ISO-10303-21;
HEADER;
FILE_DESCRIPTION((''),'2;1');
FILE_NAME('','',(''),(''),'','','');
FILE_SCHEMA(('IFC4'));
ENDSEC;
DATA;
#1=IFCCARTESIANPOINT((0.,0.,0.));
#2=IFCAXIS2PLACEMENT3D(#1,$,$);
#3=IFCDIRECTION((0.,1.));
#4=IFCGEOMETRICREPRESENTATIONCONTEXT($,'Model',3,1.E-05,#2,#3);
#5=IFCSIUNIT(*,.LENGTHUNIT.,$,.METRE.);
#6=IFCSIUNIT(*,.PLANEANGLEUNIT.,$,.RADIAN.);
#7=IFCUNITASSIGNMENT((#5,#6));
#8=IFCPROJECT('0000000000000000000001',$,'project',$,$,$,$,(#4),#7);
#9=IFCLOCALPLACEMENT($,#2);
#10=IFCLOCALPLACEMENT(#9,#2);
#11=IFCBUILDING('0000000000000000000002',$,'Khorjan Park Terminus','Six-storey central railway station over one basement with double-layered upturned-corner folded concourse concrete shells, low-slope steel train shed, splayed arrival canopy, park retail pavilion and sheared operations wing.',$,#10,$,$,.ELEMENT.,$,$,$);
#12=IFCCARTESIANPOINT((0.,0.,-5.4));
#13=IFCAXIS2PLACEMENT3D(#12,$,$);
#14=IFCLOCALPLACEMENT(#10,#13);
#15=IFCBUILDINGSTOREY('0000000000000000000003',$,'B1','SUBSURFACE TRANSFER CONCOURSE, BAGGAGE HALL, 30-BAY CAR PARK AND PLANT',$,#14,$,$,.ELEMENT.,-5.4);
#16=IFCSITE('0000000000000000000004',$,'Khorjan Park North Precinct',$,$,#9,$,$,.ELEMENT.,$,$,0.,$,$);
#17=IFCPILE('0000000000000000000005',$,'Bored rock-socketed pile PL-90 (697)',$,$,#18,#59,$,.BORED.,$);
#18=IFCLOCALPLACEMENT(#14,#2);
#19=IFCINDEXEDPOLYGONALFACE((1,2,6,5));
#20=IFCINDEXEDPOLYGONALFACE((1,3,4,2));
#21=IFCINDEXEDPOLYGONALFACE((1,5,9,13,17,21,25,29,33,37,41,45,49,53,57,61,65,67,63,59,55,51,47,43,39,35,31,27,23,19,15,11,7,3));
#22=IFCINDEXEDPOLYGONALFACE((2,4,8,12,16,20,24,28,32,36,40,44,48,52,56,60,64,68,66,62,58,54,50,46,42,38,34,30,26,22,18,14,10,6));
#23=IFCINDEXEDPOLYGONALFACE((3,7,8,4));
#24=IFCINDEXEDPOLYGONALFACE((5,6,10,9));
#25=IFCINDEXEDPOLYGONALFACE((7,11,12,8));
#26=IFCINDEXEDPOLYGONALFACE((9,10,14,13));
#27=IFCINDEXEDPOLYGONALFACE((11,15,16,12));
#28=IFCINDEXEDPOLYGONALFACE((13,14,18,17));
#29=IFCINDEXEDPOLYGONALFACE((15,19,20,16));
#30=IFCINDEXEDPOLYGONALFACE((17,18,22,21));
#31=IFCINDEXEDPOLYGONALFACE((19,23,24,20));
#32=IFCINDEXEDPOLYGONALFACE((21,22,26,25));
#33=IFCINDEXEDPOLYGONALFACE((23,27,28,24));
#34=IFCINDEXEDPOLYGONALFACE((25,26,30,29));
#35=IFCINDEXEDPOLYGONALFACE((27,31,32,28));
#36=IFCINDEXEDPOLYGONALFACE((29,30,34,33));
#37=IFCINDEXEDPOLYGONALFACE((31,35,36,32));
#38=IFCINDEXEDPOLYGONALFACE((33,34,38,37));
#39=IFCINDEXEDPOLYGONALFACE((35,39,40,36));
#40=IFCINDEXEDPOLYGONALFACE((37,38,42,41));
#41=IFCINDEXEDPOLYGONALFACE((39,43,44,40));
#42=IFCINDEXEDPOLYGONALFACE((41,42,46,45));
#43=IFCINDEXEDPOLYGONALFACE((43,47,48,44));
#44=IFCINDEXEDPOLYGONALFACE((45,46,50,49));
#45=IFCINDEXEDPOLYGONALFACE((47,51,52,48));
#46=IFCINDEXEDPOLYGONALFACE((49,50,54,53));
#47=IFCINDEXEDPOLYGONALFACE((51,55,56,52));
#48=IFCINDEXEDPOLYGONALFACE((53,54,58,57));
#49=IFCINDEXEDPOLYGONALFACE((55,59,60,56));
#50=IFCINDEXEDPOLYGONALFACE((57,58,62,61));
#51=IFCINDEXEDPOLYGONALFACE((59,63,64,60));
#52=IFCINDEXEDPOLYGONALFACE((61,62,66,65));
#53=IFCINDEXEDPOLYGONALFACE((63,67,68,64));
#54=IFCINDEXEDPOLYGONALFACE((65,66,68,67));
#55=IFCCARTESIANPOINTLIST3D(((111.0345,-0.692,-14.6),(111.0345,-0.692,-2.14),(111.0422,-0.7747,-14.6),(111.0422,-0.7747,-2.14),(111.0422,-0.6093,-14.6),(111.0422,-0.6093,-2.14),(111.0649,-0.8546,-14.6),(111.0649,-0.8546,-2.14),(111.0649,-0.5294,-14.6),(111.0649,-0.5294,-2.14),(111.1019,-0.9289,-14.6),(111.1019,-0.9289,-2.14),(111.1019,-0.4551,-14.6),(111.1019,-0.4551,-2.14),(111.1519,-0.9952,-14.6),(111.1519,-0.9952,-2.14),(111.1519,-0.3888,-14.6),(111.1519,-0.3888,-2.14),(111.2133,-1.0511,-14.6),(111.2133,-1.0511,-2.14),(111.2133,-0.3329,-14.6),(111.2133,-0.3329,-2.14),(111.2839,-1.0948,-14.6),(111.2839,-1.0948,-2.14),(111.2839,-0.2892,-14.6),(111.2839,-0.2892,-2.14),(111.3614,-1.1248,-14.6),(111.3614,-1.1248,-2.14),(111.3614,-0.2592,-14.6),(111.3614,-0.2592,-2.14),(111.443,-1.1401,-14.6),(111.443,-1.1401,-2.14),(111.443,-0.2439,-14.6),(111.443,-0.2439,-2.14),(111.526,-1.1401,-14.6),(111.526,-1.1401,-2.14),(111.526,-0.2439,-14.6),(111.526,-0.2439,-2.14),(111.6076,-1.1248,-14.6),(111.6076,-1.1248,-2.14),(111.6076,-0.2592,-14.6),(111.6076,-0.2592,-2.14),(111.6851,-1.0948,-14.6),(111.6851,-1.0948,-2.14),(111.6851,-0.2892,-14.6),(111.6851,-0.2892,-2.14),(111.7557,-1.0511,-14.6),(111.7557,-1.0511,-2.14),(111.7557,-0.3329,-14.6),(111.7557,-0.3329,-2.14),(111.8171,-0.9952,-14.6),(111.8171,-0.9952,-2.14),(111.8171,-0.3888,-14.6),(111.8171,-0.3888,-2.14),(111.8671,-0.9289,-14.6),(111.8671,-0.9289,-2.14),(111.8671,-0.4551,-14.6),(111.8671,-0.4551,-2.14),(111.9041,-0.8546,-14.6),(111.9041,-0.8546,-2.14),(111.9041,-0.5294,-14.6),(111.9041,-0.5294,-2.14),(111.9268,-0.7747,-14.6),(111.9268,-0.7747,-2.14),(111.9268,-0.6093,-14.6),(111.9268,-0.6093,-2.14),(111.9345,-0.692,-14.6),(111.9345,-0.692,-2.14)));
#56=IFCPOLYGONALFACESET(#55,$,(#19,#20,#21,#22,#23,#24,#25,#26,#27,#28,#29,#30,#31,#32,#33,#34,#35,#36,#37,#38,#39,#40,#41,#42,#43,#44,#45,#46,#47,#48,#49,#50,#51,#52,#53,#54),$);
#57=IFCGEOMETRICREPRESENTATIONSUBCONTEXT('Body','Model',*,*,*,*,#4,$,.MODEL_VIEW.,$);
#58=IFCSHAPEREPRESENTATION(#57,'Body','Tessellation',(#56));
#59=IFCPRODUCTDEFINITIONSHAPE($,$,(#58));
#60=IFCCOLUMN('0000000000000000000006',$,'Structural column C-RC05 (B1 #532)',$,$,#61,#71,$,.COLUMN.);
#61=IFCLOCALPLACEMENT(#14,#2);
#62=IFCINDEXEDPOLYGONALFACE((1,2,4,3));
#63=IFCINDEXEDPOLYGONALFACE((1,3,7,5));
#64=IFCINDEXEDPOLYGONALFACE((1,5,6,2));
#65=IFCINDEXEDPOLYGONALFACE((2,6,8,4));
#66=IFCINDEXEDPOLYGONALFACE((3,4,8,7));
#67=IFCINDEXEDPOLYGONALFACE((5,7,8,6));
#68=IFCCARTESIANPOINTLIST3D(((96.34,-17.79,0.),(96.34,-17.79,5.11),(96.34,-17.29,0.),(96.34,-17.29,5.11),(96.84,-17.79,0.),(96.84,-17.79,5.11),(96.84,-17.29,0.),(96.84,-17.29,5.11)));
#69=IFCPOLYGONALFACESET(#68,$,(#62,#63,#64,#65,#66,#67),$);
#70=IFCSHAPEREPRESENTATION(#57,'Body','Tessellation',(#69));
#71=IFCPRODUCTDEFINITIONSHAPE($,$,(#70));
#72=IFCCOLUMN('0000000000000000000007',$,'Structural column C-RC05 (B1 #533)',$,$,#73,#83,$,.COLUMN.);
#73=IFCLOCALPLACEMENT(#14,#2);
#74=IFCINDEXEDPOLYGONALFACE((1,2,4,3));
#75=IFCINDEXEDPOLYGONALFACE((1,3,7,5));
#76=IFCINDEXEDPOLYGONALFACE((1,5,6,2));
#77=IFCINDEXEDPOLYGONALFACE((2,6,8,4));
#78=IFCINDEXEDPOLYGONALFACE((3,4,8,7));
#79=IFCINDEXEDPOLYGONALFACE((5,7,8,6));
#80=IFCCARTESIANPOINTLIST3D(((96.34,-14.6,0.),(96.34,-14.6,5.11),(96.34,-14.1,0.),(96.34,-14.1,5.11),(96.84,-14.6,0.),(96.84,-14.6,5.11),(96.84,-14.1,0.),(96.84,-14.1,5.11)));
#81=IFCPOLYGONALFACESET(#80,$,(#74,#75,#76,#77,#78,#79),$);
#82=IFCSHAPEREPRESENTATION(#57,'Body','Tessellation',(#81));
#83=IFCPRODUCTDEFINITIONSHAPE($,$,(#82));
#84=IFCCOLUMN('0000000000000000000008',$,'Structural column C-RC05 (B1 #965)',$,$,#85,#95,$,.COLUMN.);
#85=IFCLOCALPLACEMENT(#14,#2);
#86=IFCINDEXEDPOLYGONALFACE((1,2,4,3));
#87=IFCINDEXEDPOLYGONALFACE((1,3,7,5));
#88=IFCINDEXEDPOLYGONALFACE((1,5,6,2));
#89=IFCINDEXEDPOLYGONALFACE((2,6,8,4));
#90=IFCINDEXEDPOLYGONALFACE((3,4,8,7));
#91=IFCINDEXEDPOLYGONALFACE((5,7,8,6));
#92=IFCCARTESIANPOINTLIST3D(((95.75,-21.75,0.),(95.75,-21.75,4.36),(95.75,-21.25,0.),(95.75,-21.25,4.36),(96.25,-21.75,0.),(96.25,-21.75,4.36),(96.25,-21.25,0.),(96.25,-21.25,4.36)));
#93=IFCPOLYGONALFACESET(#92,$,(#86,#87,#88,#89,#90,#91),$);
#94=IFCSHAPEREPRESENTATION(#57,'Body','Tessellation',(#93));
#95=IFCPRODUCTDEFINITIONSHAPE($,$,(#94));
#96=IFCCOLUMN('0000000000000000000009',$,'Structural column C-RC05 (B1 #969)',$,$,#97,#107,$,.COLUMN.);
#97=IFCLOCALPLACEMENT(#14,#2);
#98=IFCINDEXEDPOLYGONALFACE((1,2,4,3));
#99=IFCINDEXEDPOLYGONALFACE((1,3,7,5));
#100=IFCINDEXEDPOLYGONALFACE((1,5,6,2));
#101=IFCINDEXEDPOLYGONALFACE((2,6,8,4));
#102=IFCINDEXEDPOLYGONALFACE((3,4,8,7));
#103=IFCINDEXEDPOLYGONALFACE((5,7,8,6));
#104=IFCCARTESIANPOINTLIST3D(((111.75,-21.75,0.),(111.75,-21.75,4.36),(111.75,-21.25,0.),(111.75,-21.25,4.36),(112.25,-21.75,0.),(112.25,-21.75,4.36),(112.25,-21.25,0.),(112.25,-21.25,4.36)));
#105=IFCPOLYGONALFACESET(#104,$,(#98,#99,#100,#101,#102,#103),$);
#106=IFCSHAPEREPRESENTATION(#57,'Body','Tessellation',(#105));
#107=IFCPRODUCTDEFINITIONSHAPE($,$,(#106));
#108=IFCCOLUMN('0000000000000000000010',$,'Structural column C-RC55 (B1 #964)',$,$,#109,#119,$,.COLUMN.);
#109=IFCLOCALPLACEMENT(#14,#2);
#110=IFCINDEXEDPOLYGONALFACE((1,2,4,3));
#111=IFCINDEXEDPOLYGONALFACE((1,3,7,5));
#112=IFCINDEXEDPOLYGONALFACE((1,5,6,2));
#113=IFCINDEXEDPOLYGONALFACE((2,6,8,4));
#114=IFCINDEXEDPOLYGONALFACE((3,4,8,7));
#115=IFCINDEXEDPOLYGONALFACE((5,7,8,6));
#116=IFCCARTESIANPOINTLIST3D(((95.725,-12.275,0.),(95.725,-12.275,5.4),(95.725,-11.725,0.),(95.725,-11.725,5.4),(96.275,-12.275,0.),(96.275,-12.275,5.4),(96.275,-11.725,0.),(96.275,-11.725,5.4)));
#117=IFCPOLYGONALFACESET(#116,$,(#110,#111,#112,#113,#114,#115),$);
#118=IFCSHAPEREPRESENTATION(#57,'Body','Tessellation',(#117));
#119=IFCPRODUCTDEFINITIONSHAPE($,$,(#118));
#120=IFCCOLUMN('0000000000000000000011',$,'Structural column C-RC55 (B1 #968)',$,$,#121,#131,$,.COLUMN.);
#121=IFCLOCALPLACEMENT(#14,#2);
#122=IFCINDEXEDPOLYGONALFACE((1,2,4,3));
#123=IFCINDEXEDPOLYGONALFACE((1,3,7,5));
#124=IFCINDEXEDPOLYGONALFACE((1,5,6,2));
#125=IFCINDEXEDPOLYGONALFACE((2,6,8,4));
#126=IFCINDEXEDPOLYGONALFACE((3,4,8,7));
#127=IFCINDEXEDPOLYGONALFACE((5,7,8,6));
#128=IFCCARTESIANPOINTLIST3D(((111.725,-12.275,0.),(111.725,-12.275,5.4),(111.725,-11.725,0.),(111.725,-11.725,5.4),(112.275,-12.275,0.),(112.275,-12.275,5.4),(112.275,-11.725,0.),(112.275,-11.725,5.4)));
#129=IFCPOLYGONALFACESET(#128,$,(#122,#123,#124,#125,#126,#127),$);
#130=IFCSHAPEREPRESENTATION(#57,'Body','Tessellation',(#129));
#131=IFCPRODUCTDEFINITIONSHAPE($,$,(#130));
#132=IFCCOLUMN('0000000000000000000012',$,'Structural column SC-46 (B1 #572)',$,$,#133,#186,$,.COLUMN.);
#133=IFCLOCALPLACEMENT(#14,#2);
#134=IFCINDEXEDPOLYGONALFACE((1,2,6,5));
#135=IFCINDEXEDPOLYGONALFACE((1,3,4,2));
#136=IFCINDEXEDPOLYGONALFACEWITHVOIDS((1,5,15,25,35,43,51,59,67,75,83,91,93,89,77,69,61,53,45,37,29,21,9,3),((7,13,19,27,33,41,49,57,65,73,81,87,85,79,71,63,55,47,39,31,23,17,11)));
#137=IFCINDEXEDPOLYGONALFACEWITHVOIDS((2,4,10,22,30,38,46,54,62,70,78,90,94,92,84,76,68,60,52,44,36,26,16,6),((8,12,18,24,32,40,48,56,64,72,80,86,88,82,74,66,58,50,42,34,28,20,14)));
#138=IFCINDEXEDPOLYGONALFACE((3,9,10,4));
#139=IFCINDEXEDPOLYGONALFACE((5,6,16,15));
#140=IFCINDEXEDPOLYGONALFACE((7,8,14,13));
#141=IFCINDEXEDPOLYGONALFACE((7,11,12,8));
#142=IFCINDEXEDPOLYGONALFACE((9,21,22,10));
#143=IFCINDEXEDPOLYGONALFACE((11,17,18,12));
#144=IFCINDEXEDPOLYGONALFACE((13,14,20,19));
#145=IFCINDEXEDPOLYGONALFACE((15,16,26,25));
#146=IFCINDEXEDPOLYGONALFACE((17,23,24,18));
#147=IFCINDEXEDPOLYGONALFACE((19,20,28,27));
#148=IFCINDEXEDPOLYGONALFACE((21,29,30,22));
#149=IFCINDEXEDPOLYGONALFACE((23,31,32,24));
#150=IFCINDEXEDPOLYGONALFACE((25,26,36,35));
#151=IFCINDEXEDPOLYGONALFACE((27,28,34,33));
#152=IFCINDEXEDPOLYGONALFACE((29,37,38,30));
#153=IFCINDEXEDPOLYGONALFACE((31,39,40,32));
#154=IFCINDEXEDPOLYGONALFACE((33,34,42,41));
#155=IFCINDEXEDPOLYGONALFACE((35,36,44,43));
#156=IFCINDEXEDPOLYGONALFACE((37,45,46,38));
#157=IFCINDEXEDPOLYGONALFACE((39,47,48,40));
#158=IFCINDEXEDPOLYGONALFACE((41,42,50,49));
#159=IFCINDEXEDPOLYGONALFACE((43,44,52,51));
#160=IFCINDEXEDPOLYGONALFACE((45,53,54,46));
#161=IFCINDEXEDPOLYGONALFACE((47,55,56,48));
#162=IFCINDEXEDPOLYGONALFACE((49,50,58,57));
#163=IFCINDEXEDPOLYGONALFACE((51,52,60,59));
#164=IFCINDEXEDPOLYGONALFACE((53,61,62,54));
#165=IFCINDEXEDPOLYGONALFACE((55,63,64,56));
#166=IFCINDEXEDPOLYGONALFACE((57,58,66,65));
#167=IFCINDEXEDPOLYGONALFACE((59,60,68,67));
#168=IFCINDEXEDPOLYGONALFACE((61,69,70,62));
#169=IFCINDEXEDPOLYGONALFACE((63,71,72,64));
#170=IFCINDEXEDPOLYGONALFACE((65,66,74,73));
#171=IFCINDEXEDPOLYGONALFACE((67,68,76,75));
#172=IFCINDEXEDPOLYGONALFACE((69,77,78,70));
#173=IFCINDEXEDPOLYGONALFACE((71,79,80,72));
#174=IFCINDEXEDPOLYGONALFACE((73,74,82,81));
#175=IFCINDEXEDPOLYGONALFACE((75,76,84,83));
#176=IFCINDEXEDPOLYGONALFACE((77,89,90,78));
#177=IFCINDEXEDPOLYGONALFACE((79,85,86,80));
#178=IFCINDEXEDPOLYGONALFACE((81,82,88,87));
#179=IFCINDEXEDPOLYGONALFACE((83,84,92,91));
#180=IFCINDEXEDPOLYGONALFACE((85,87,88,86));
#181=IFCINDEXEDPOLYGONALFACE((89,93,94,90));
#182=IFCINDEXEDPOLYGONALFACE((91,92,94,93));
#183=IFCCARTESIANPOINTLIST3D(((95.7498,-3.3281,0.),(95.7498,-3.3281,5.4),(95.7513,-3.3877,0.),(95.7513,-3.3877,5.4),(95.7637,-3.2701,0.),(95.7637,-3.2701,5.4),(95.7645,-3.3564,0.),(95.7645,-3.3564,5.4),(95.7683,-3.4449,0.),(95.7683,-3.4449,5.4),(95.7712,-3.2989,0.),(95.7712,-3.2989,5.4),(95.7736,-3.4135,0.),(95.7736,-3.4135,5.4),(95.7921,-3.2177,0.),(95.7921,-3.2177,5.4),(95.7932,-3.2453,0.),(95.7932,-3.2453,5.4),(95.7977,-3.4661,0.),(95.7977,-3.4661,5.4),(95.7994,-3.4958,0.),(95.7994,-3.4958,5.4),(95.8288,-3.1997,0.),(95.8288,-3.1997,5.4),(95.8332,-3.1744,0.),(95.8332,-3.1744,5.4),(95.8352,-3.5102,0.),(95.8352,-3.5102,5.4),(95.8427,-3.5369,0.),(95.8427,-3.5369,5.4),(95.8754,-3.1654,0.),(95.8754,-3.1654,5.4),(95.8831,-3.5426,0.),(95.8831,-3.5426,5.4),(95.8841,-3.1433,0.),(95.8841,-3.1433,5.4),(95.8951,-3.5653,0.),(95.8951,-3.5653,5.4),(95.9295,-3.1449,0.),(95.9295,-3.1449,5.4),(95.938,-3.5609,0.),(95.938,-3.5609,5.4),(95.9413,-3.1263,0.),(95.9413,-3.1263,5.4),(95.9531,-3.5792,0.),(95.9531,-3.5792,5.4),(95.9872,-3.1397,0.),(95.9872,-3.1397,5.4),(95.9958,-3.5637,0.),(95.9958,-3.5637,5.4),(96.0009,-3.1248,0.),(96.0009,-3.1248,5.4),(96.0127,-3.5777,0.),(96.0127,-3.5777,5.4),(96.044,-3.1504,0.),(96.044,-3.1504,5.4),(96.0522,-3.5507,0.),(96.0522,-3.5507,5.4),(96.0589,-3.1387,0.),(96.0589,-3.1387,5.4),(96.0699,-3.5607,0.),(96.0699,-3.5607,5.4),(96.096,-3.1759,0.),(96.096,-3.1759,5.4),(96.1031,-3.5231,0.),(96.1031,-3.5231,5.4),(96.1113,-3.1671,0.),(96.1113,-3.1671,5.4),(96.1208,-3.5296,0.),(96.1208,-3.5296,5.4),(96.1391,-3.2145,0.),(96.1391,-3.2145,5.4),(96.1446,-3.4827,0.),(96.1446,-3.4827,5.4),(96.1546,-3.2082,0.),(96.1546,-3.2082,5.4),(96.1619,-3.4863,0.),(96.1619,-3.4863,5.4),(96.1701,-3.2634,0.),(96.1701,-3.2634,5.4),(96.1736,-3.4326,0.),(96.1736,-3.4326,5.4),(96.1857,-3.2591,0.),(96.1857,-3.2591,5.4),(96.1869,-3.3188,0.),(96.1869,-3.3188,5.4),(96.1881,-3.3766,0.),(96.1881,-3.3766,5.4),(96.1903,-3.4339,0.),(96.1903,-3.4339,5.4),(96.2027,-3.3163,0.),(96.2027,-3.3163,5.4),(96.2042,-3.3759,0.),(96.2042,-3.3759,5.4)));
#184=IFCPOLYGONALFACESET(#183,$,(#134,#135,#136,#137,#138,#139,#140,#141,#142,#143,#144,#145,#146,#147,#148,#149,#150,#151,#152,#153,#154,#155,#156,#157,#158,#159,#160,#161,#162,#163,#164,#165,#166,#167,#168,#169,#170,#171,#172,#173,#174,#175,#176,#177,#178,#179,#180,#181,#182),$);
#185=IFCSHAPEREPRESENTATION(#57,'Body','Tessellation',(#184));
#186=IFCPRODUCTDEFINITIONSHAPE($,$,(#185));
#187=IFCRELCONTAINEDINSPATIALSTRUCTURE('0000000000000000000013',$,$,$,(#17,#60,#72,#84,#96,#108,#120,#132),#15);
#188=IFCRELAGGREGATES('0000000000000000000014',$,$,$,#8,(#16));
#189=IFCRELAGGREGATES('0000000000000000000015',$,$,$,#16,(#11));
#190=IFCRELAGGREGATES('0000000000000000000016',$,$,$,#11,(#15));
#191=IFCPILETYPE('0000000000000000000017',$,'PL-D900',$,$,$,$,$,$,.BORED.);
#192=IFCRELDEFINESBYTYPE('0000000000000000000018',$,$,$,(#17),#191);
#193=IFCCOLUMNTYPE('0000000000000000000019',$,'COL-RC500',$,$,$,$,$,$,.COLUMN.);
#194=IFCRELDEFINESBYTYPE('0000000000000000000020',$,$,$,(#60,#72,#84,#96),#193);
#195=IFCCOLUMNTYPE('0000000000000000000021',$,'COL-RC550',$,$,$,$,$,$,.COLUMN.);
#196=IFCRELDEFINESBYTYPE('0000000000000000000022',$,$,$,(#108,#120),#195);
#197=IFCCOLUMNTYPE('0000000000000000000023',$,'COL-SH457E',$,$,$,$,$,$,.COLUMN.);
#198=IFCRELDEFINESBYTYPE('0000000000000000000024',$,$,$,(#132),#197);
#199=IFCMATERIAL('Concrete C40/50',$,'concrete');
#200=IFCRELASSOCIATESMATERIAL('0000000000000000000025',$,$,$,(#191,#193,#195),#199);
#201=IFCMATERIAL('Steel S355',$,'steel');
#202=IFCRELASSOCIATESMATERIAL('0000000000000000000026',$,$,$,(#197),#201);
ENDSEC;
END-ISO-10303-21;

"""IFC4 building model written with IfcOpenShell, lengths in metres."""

from ifc_helpers import new_model, si_unit, direction, frame, origin, origin_2d, place, context, subcontext, project, spatial, rectangle, circle, hollow_circle, extrude, material, material_profile, profile_set, type_object, element, save


model = new_model("IFC4")

# Units and contexts
model_context = context("Model", 3, precision=1e-05, world=origin(), true_north=direction((0.0, 1.0)))
body_context = subcontext(model_context, "Body", "Model", "MODEL_VIEW")
ifc_project = project(units=[si_unit("LENGTHUNIT", "METRE"), si_unit("PLANEANGLEUNIT", "RADIAN")], contexts=[model_context])

# Site, building, storey
site_placement = place(None, origin())
site = spatial("IfcSite", under=ifc_project, at=site_placement, Name="Khorjan Park North Precinct", CompositionType="ELEMENT", RefElevation=0.0)
building_placement = place(site_placement, origin())
building = spatial("IfcBuilding", under=site, at=building_placement, Name="Khorjan Park Terminus", Description="Six-storey central railway station over one basement with double-layered upturned-corner folded concourse concrete shells, low-slope steel train shed, splayed arrival canopy, park retail pavilion and sheared operations wing.", CompositionType="ELEMENT")
storey_placement = place(building_placement, frame((0.0, 0.0, -5.4)))
storey = spatial("IfcBuildingStorey", under=building, at=storey_placement, Name="B1", Description="SUBSURFACE TRANSFER CONCOURSE, BAGGAGE HALL, 30-BAY CAR PARK AND PLANT", CompositionType="ELEMENT", Elevation=-5.4)

# Shared definitions
ifc_material_1 = material(Name="Concrete C40/50", Category="concrete")

# Pile
ifc_material_profile_1 = material_profile(ifc_material_1, circle(Radius=0.45, at=origin_2d()), Name="BORED D900")
ifc_profile_set_1 = profile_set([ifc_material_profile_1], Name="Concrete C40/50")
pile_type_1 = type_object("IfcPileType", Name="PL-D900", PredefinedType="BORED", material=ifc_profile_set_1)
pile_1_placement = place(storey_placement, frame((111.4845, -0.692, -2.14), z_axis=(0.0, 0.0, -1.0), x_axis=(1.0, 0.0, 0.0)))
element("IfcPile", 1, at=pile_1_placement, inside=storey, type_object=pile_type_1, Name="Bored rock-socketed pile PL-90 (697)", PredefinedType="BORED", context=body_context, shape_type="SweptSolid", body=[
    extrude(circle(Radius=0.45, at=origin_2d()), origin(), (0.0, 0.0, 1.0), 12.46),
])

# Columns
ifc_material_profile_2 = material_profile(ifc_material_1, rectangle(XDim=0.5, YDim=0.5, at=origin_2d()), Name="RC 500x500")
ifc_profile_set_2 = profile_set([ifc_material_profile_2], Name="Concrete C40/50")
column_type_1 = type_object("IfcColumnType", Name="COL-RC500", PredefinedType="COLUMN", material=ifc_profile_set_2)
for number, where, z_axis, x_axis, name in (
    (2, (96.59, -17.54, 0.0), (0.0, 0.0, 1.0), (1.0, 0.0, 0.0), "Structural column C-RC05 (B1 #532)"),
    (3, (96.59, -14.35, 0.0), (0.0, 0.0, 1.0), (1.0, 0.0, 0.0), "Structural column C-RC05 (B1 #533)"),
):
    element("IfcColumn", number, at=place(storey_placement, frame(where, z_axis=z_axis, x_axis=x_axis)), inside=storey, type_object=column_type_1, Name=name, PredefinedType="COLUMN", context=body_context, shape_type="SweptSolid", body=[
        extrude(rectangle(XDim=0.5, YDim=0.5, at=origin_2d()), origin(), (0.0, 0.0, 1.0), 5.11),
    ])
for number, where, z_axis, x_axis, name in (
    (4, (96.0, -21.5, 0.0), (0.0, 0.0, 1.0), (1.0, 0.0, 0.0), "Structural column C-RC05 (B1 #965)"),
    (5, (112.0, -21.5, 0.0), (0.0, 0.0, 1.0), (1.0, 0.0, 0.0), "Structural column C-RC05 (B1 #969)"),
):
    element("IfcColumn", number, at=place(storey_placement, frame(where, z_axis=z_axis, x_axis=x_axis)), inside=storey, type_object=column_type_1, Name=name, PredefinedType="COLUMN", context=body_context, shape_type="SweptSolid", body=[
        extrude(rectangle(XDim=0.5, YDim=0.5, at=origin_2d()), origin(), (0.0, 0.0, 1.0), 4.36),
    ])
ifc_material_profile_3 = material_profile(ifc_material_1, rectangle(XDim=0.55, YDim=0.55, at=origin_2d()), Name="RC 550x550")
ifc_profile_set_3 = profile_set([ifc_material_profile_3], Name="Concrete C40/50")
column_type_2 = type_object("IfcColumnType", Name="COL-RC550", PredefinedType="COLUMN", material=ifc_profile_set_3)
for number, where, z_axis, x_axis, name in (
    (6, (96.0, -12.0, 0.0), (0.0, 0.0, 1.0), (1.0, 0.0, 0.0), "Structural column C-RC55 (B1 #964)"),
    (7, (112.0, -12.0, 0.0), (0.0, 0.0, 1.0), (1.0, 0.0, 0.0), "Structural column C-RC55 (B1 #968)"),
):
    element("IfcColumn", number, at=place(storey_placement, frame(where, z_axis=z_axis, x_axis=x_axis)), inside=storey, type_object=column_type_2, Name=name, PredefinedType="COLUMN", context=body_context, shape_type="SweptSolid", body=[
        extrude(rectangle(XDim=0.55, YDim=0.55, at=origin_2d()), origin(), (0.0, 0.0, 1.0), 5.4),
    ])
ifc_material_2 = material(Name="Steel S355", Category="steel")
ifc_material_profile_4 = material_profile(ifc_material_2, hollow_circle(Radius=0.2285, WallThickness=0.016, at=origin_2d()), Name="CHS 457x16")
ifc_profile_set_4 = profile_set([ifc_material_profile_4], Name="Steel S355")
column_type_3 = type_object("IfcColumnType", Name="COL-SH457E", PredefinedType="COLUMN", material=ifc_profile_set_4)
column_1_placement = place(storey_placement, frame((95.977, -3.352, 0.0), z_axis=(0.0, 0.0, 1.0), x_axis=(0.987688, 0.156434, 0.0)))
element("IfcColumn", 8, at=column_1_placement, inside=storey, type_object=column_type_3, Name="Structural column SC-46 (B1 #572)", PredefinedType="COLUMN", context=body_context, shape_type="SweptSolid", body=[
    extrude(hollow_circle(Radius=0.2285, WallThickness=0.016, at=origin_2d()), origin(), (0.0, 0.0, 1.0), 5.4),
])

save(model, "model.ifc")
